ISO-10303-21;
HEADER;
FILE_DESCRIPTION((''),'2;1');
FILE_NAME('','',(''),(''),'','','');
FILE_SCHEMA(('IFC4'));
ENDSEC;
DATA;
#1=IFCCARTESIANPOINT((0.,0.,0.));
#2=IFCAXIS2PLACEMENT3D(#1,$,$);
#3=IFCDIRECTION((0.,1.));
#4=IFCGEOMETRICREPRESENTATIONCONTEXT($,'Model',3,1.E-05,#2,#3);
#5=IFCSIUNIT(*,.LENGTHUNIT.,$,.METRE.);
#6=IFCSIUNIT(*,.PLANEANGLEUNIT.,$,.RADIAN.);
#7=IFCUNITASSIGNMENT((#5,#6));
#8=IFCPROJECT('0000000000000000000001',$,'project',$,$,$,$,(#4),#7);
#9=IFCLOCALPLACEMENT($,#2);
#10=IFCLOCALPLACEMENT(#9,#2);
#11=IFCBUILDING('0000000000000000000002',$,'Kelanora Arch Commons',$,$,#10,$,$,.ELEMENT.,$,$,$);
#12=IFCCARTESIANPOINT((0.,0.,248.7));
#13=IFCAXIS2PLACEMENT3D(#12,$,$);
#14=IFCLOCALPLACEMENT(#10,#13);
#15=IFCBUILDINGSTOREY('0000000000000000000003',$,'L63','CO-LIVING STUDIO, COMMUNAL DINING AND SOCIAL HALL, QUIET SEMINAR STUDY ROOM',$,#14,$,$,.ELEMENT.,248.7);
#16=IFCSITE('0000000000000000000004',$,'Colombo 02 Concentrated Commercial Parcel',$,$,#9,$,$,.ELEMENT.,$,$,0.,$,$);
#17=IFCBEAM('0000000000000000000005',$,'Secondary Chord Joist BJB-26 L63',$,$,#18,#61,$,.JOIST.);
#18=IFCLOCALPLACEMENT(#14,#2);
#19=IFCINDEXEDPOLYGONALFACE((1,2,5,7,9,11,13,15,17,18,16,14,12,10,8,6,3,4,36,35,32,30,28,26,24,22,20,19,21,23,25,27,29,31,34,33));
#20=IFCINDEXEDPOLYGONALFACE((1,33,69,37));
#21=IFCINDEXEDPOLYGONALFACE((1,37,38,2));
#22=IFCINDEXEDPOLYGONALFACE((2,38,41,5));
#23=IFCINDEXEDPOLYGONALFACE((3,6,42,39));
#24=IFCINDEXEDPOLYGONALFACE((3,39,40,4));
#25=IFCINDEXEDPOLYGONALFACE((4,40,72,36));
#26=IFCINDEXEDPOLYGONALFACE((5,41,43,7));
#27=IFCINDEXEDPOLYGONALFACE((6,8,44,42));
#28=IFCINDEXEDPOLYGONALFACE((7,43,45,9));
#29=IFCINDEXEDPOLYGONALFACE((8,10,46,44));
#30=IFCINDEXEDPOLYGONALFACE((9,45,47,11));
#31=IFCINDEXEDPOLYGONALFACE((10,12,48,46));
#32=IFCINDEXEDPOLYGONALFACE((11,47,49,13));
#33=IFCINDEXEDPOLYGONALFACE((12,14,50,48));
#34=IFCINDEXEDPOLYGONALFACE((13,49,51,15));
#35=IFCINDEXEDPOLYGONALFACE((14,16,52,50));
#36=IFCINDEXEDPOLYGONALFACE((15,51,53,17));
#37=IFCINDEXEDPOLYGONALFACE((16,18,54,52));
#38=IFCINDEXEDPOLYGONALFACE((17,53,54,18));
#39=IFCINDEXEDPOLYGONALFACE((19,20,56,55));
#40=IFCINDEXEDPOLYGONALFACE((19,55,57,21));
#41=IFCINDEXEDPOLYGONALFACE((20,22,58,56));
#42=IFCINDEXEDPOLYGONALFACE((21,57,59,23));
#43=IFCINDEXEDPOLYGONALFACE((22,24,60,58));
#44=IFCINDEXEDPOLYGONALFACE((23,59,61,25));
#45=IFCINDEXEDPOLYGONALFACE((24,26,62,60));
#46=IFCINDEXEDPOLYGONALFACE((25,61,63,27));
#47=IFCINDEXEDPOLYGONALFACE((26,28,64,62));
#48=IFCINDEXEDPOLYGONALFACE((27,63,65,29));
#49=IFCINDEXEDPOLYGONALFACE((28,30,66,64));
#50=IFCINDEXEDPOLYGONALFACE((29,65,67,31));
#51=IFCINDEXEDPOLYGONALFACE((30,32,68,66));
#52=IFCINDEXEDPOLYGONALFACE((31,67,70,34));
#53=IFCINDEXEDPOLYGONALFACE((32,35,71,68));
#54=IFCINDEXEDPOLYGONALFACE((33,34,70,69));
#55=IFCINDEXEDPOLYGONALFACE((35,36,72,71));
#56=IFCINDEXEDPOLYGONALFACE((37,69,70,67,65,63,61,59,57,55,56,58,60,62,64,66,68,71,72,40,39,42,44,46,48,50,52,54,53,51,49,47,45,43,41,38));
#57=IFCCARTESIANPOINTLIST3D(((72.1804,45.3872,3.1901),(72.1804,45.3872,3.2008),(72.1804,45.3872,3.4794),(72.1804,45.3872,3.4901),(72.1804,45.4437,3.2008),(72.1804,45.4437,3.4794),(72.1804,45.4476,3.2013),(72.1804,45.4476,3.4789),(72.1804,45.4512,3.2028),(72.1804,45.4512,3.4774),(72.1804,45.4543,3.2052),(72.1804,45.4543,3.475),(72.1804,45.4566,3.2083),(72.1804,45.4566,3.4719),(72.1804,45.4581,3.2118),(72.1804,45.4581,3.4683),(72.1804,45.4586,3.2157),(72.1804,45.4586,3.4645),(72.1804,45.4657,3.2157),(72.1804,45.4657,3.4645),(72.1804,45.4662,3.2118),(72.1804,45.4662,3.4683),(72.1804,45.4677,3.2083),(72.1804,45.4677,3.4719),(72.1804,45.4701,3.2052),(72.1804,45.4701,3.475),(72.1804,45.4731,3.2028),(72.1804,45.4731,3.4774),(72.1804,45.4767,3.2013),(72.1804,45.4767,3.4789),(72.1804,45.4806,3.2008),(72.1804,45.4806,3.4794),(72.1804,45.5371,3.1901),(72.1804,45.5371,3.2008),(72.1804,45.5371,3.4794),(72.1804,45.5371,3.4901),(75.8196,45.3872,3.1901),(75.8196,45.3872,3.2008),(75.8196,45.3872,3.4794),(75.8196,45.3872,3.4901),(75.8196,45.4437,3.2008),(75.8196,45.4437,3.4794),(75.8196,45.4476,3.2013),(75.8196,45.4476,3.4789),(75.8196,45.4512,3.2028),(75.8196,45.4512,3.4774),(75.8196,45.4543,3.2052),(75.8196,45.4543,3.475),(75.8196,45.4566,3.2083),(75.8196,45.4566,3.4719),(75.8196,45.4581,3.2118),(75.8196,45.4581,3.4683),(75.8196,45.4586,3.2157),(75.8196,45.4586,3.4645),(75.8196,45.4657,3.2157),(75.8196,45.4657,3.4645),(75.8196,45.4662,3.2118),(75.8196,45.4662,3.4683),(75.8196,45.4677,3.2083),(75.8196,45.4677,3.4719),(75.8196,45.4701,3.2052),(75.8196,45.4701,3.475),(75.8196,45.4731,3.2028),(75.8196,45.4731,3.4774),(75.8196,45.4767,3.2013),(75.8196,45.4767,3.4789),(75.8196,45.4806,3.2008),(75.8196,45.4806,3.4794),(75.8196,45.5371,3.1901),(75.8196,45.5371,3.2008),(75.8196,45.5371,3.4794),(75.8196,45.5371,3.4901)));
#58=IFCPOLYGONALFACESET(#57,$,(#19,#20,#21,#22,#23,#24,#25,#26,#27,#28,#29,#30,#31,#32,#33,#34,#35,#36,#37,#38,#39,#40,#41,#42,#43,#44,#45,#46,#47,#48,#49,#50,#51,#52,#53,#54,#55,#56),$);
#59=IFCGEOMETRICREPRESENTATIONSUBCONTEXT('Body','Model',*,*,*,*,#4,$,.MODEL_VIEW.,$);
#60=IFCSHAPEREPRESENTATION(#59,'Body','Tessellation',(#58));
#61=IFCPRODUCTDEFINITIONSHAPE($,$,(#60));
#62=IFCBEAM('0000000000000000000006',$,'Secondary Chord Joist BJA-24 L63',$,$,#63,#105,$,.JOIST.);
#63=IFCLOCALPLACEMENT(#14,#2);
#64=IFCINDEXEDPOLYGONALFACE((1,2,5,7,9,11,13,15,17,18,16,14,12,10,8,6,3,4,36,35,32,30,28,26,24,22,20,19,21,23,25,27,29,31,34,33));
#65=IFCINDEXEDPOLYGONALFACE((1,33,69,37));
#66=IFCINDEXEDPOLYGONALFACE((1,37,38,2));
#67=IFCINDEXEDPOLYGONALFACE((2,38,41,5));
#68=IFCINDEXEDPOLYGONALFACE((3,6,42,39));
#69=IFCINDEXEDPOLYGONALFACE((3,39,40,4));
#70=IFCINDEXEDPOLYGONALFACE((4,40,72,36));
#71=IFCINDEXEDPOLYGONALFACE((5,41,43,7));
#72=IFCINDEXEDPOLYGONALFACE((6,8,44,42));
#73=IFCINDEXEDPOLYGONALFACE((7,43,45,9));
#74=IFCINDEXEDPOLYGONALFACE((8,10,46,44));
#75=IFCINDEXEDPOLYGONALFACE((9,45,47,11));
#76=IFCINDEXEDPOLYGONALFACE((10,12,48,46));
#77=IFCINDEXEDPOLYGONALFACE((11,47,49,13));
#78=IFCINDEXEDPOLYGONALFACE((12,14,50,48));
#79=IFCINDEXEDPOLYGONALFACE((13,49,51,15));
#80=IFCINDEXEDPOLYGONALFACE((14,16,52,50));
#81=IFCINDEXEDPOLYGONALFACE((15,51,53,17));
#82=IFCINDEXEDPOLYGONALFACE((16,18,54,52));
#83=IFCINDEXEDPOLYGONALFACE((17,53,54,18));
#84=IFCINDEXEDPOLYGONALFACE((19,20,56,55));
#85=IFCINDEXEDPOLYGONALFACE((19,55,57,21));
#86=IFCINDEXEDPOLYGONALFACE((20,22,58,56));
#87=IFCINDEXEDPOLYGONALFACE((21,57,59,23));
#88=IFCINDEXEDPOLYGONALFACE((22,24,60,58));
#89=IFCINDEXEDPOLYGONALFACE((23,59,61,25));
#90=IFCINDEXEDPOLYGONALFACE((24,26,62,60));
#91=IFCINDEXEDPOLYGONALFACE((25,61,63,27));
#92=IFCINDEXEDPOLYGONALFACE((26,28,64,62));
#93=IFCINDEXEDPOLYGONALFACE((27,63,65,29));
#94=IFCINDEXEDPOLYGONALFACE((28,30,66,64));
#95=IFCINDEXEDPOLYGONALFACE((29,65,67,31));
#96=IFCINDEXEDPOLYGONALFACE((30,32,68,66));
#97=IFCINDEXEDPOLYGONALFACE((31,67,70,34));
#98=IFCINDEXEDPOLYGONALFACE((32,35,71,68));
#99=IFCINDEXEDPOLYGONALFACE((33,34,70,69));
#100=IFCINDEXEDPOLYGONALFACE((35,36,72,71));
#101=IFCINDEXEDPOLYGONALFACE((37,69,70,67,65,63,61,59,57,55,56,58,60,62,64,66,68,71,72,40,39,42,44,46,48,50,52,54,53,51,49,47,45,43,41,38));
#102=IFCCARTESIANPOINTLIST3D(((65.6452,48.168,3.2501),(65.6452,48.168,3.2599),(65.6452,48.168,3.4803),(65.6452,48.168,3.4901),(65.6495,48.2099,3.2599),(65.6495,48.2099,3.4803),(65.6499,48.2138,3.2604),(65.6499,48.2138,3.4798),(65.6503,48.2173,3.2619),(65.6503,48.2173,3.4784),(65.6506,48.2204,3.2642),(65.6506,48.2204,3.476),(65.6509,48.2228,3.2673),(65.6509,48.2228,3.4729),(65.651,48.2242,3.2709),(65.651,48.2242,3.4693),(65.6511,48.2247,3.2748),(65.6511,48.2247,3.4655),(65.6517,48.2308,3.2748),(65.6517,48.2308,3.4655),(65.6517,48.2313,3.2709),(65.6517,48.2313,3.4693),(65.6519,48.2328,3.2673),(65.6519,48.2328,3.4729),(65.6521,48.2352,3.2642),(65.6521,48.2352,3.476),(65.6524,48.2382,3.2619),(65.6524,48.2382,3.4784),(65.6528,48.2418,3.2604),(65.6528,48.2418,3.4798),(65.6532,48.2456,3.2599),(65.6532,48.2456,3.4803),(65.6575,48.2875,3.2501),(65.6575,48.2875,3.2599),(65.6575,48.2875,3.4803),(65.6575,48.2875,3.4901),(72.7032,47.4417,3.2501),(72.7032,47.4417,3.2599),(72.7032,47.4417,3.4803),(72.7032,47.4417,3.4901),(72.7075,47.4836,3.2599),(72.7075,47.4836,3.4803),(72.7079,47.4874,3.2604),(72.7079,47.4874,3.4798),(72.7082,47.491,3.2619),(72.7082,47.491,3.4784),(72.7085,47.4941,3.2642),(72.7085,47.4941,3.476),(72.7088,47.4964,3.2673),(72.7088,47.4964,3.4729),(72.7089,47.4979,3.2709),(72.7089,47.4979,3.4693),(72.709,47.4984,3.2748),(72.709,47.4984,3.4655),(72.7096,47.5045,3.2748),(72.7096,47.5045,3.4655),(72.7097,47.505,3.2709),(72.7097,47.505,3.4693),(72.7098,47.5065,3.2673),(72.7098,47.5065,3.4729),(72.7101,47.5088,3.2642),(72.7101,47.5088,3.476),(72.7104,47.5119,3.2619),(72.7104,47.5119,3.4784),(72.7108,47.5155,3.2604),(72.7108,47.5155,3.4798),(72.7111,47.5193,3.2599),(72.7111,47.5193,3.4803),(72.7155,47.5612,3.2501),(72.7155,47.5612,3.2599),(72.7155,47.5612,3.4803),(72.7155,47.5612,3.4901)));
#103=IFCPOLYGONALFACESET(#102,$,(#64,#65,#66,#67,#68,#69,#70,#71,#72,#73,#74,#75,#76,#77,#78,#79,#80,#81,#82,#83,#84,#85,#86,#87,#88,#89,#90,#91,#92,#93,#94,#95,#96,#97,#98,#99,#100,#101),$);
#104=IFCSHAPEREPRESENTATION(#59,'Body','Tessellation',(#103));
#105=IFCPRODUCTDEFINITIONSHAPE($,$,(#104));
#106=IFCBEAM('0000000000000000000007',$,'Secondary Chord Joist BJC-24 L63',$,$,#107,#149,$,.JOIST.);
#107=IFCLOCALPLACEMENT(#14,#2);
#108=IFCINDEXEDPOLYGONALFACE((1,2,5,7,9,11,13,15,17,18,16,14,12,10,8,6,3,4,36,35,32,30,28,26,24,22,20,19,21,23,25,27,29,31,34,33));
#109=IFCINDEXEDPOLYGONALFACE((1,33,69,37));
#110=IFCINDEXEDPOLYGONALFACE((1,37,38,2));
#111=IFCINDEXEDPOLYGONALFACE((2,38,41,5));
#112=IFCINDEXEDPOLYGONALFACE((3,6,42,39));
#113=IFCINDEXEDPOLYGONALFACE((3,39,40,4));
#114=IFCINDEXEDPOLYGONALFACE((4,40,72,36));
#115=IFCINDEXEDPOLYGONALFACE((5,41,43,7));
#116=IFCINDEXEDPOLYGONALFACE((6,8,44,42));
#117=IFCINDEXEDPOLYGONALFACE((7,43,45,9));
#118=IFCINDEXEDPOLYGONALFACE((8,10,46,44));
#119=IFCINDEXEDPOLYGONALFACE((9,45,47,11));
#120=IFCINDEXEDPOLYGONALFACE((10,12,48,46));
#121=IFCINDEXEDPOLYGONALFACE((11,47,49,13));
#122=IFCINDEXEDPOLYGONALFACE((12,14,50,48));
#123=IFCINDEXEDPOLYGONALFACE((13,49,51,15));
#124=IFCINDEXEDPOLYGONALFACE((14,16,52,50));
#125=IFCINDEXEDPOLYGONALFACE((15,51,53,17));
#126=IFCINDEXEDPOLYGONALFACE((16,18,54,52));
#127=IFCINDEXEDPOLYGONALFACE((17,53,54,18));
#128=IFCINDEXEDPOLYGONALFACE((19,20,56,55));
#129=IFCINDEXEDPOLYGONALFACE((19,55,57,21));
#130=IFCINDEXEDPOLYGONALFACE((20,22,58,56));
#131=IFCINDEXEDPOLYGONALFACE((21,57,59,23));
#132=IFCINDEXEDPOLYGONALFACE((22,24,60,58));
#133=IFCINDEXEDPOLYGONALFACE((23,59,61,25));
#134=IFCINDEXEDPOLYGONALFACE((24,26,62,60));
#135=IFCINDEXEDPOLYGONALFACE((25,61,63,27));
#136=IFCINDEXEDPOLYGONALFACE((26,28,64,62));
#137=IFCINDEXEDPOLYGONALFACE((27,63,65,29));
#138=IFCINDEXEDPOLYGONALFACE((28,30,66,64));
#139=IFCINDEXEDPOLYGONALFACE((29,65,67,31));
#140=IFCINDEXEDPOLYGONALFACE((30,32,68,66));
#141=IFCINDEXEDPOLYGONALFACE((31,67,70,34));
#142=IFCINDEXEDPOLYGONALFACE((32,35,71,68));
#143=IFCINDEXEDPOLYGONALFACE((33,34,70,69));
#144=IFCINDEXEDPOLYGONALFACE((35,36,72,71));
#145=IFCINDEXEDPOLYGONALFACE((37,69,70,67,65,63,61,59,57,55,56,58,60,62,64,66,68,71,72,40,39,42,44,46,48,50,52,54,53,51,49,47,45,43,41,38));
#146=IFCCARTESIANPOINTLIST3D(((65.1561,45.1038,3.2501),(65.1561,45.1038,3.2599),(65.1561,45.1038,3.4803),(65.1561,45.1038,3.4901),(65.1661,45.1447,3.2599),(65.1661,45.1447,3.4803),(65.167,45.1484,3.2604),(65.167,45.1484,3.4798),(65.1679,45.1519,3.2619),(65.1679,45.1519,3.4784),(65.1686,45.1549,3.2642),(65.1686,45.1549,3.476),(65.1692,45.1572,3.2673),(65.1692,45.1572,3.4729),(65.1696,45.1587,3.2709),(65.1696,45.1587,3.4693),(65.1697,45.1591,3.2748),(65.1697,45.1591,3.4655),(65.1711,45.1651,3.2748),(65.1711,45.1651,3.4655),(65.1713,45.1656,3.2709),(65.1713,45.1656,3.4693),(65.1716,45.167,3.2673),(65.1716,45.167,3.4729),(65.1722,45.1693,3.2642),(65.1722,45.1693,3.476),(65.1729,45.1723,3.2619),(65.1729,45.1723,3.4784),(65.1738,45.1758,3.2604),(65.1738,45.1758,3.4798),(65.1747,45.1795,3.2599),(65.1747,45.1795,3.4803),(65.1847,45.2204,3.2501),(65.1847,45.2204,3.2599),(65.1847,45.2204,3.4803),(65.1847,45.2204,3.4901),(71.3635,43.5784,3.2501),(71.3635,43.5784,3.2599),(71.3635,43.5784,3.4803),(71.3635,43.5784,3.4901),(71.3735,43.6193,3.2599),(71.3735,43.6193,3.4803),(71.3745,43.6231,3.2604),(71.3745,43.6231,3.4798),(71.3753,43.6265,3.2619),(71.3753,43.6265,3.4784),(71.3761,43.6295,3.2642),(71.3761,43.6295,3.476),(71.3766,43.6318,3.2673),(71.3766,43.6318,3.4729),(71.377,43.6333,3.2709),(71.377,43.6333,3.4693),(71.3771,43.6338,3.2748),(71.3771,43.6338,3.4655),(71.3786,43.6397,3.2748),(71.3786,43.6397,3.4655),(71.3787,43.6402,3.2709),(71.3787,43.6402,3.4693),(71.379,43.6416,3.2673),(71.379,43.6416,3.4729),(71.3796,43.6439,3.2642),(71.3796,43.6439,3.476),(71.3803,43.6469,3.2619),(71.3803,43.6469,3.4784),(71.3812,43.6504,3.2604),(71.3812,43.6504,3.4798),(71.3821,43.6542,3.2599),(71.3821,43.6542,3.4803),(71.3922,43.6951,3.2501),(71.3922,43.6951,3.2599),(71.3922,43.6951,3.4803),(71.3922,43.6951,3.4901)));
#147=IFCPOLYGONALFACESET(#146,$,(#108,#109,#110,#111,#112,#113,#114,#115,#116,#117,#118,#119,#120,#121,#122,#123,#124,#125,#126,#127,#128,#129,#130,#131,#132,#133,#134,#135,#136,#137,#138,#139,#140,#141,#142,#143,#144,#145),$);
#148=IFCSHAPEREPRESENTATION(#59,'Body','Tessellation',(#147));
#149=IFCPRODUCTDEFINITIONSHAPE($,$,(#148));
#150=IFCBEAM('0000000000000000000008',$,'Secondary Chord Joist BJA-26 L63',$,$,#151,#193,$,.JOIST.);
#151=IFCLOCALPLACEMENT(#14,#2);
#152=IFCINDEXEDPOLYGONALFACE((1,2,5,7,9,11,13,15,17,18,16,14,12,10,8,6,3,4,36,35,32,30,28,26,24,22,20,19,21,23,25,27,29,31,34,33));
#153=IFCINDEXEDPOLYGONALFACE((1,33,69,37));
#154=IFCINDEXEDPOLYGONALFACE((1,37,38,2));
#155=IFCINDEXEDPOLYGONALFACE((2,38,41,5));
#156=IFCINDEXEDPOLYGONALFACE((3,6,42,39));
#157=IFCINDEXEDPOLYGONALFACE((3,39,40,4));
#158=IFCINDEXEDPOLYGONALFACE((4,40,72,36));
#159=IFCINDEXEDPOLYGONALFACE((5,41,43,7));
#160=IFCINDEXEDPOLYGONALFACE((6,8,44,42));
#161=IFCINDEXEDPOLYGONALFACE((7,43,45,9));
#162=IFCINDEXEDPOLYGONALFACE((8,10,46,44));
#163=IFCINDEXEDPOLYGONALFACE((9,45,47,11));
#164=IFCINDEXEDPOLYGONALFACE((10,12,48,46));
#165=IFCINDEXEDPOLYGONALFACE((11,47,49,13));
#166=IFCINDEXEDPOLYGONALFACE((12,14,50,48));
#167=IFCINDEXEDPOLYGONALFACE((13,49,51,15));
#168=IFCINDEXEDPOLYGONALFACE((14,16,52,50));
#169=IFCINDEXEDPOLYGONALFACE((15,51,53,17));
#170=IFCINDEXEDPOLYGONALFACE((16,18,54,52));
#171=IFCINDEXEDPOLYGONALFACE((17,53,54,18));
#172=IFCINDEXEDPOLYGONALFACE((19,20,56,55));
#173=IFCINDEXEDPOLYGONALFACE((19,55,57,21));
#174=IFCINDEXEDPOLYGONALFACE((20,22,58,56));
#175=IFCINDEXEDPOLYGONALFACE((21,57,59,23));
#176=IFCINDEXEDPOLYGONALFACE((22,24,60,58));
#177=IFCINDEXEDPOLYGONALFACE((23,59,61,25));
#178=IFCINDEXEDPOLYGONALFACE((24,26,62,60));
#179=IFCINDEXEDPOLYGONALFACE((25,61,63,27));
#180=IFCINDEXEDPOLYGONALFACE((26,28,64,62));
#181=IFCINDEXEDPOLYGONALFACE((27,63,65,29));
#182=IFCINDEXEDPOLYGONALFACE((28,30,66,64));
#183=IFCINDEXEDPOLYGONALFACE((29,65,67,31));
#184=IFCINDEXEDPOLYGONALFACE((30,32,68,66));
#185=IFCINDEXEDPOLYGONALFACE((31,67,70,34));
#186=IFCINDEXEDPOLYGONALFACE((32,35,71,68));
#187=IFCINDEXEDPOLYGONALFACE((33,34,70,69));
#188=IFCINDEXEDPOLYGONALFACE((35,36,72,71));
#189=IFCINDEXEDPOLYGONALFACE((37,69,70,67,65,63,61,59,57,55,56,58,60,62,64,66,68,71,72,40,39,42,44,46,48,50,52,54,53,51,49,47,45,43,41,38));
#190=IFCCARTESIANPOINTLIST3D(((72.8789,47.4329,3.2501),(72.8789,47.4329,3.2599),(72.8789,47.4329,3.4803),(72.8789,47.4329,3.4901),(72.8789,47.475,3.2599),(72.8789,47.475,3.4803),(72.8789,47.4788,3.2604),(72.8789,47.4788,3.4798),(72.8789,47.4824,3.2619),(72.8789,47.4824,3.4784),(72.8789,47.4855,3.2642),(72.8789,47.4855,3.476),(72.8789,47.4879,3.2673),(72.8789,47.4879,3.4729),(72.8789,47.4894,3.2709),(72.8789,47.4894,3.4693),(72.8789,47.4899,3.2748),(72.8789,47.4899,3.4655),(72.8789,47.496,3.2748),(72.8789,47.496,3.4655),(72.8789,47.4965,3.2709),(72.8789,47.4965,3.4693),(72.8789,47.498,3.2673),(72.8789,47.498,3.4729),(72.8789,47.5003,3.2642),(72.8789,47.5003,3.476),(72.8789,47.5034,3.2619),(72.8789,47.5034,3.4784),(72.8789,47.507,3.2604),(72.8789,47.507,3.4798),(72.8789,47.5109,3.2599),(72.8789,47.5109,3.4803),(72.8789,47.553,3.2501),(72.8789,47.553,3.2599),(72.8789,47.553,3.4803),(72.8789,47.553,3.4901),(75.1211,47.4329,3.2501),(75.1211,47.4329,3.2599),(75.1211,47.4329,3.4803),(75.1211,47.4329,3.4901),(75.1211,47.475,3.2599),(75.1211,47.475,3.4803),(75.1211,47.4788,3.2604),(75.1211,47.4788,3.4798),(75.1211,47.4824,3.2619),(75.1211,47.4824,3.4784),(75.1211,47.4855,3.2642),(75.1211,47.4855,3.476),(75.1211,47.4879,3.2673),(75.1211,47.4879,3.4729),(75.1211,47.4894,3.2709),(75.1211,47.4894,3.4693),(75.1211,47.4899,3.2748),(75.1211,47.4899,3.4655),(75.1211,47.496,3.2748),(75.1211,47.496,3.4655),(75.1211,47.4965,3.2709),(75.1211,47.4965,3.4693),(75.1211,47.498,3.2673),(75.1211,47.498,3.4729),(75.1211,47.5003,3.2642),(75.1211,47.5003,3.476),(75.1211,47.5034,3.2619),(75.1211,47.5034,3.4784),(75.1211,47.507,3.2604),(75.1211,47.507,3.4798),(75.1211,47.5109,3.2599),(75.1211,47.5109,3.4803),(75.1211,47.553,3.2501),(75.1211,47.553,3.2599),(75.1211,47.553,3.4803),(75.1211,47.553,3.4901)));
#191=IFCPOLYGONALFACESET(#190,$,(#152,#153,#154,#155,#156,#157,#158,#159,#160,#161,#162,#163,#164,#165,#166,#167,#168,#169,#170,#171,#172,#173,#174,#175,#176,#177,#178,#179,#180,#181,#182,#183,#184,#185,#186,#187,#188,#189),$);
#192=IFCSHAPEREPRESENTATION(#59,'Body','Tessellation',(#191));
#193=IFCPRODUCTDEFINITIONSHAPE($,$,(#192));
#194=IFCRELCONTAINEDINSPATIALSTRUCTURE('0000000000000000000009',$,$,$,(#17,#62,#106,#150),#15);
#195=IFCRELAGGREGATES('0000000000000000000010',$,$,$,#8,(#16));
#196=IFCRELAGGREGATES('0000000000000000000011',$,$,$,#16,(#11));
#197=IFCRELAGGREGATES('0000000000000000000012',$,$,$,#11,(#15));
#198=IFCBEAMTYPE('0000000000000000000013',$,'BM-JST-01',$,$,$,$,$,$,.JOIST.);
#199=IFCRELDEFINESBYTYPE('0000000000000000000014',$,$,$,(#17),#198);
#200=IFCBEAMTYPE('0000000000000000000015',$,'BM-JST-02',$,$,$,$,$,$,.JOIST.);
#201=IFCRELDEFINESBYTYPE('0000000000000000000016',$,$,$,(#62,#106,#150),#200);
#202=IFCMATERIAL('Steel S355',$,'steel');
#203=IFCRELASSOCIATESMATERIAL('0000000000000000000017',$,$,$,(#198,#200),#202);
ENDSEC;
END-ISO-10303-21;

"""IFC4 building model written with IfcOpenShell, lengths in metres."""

from ifc_helpers import new_model, si_unit, direction, frame, origin, origin_2d, place, context, subcontext, project, spatial, i_section, extrude, material, material_profile, profile_set, type_object, element, save


model = new_model("IFC4")

# Units and contexts
model_context = context("Model", 3, precision=1e-05, world=origin(), true_north=direction((0.0, 1.0)))
body_context = subcontext(model_context, "Body", "Model", "MODEL_VIEW")
ifc_project = project(units=[si_unit("LENGTHUNIT", "METRE"), si_unit("PLANEANGLEUNIT", "RADIAN")], contexts=[model_context])

# Site, building, storey
site_placement = place(None, origin())
site = spatial("IfcSite", under=ifc_project, at=site_placement, Name="Colombo 02 Concentrated Commercial Parcel", CompositionType="ELEMENT", RefElevation=0.0)
building_placement = place(site_placement, origin())
building = spatial("IfcBuilding", under=site, at=building_placement, Name="Kelanora Arch Commons", CompositionType="ELEMENT")
storey_placement = place(building_placement, frame((0.0, 0.0, 248.7)))
storey = spatial("IfcBuildingStorey", under=building, at=storey_placement, Name="L63", Description="CO-LIVING STUDIO, COMMUNAL DINING AND SOCIAL HALL, QUIET SEMINAR STUDY ROOM", CompositionType="ELEMENT", Elevation=248.7)

# Beams
ifc_material_1 = material(Name="Steel S355", Category="steel")
ifc_material_profile_1 = material_profile(ifc_material_1, i_section(OverallWidth=0.1499, OverallDepth=0.3, WebThickness=0.0071, FlangeThickness=0.0107, FilletRadius=0.0149, at=origin_2d()), Name="IPE300")
ifc_profile_set_1 = profile_set([ifc_material_profile_1], Name="Steel S355")
beam_type_1 = type_object("IfcBeamType", Name="BM-JST-01", PredefinedType="JOIST", material=ifc_profile_set_1)
beam_1_placement = place(storey_placement, frame((72.1804, 45.4622, 3.3401), z_axis=(1.0, 0.0, 0.0), x_axis=(0.0, 1.0, 0.0)))
element("IfcBeam", 1, at=beam_1_placement, inside=storey, type_object=beam_type_1, Name="Secondary Chord Joist BJB-26 L63", PredefinedType="JOIST", context=body_context, shape_type="SweptSolid", body=[
    extrude(i_section(OverallWidth=0.1499, OverallDepth=0.3, WebThickness=0.0071, FlangeThickness=0.0107, FilletRadius=0.0149, at=origin_2d()), origin(), (0.0, 0.0, 1.0), 3.6392),
])
ifc_material_profile_2 = material_profile(ifc_material_1, i_section(OverallWidth=0.1201, OverallDepth=0.24, WebThickness=0.0061, FlangeThickness=0.0098, FilletRadius=0.0149, at=origin_2d()), Name="IPE240")
ifc_profile_set_2 = profile_set([ifc_material_profile_2], Name="Steel S355")
beam_type_2 = type_object("IfcBeamType", Name="BM-JST-02", PredefinedType="JOIST", material=ifc_profile_set_2)
beam_2_placement = place(storey_placement, frame((65.6514, 48.2278, 3.3701), z_axis=(0.994747, -0.102369, 0.0), x_axis=(0.102369, 0.994747, 0.0)))
element("IfcBeam", 2, at=beam_2_placement, inside=storey, type_object=beam_type_2, Name="Secondary Chord Joist BJA-24 L63", PredefinedType="JOIST", context=body_context, shape_type="SweptSolid", body=[
    extrude(i_section(OverallWidth=0.1201, OverallDepth=0.24, WebThickness=0.0061, FlangeThickness=0.0098, FilletRadius=0.0149, at=origin_2d()), origin(), (0.0, 0.0, 1.0), 7.0952),
])
beam_3_placement = place(storey_placement, frame((65.1704, 45.1621, 3.3701), z_axis=(0.97111, -0.238633, 0.0), x_axis=(0.238633, 0.97111, 0.0)))
element("IfcBeam", 3, at=beam_3_placement, inside=storey, type_object=beam_type_2, Name="Secondary Chord Joist BJC-24 L63", PredefinedType="JOIST", context=body_context, shape_type="SweptSolid", body=[
    extrude(i_section(OverallWidth=0.1201, OverallDepth=0.24, WebThickness=0.0061, FlangeThickness=0.0098, FilletRadius=0.0149, at=origin_2d()), origin(), (0.0, 0.0, 1.0), 6.3921),
])
beam_4_placement = place(storey_placement, frame((72.8789, 47.4929, 3.3701), z_axis=(1.0, 0.0, 0.0), x_axis=(0.0, 1.0, 0.0)))
element("IfcBeam", 4, at=beam_4_placement, inside=storey, type_object=beam_type_2, Name="Secondary Chord Joist BJA-26 L63", PredefinedType="JOIST", context=body_context, shape_type="SweptSolid", body=[
    extrude(i_section(OverallWidth=0.1201, OverallDepth=0.24, WebThickness=0.0061, FlangeThickness=0.0098, FilletRadius=0.0149, at=origin_2d()), origin(), (0.0, 0.0, 1.0), 2.2422),
])

save(model, "model.ifc")
